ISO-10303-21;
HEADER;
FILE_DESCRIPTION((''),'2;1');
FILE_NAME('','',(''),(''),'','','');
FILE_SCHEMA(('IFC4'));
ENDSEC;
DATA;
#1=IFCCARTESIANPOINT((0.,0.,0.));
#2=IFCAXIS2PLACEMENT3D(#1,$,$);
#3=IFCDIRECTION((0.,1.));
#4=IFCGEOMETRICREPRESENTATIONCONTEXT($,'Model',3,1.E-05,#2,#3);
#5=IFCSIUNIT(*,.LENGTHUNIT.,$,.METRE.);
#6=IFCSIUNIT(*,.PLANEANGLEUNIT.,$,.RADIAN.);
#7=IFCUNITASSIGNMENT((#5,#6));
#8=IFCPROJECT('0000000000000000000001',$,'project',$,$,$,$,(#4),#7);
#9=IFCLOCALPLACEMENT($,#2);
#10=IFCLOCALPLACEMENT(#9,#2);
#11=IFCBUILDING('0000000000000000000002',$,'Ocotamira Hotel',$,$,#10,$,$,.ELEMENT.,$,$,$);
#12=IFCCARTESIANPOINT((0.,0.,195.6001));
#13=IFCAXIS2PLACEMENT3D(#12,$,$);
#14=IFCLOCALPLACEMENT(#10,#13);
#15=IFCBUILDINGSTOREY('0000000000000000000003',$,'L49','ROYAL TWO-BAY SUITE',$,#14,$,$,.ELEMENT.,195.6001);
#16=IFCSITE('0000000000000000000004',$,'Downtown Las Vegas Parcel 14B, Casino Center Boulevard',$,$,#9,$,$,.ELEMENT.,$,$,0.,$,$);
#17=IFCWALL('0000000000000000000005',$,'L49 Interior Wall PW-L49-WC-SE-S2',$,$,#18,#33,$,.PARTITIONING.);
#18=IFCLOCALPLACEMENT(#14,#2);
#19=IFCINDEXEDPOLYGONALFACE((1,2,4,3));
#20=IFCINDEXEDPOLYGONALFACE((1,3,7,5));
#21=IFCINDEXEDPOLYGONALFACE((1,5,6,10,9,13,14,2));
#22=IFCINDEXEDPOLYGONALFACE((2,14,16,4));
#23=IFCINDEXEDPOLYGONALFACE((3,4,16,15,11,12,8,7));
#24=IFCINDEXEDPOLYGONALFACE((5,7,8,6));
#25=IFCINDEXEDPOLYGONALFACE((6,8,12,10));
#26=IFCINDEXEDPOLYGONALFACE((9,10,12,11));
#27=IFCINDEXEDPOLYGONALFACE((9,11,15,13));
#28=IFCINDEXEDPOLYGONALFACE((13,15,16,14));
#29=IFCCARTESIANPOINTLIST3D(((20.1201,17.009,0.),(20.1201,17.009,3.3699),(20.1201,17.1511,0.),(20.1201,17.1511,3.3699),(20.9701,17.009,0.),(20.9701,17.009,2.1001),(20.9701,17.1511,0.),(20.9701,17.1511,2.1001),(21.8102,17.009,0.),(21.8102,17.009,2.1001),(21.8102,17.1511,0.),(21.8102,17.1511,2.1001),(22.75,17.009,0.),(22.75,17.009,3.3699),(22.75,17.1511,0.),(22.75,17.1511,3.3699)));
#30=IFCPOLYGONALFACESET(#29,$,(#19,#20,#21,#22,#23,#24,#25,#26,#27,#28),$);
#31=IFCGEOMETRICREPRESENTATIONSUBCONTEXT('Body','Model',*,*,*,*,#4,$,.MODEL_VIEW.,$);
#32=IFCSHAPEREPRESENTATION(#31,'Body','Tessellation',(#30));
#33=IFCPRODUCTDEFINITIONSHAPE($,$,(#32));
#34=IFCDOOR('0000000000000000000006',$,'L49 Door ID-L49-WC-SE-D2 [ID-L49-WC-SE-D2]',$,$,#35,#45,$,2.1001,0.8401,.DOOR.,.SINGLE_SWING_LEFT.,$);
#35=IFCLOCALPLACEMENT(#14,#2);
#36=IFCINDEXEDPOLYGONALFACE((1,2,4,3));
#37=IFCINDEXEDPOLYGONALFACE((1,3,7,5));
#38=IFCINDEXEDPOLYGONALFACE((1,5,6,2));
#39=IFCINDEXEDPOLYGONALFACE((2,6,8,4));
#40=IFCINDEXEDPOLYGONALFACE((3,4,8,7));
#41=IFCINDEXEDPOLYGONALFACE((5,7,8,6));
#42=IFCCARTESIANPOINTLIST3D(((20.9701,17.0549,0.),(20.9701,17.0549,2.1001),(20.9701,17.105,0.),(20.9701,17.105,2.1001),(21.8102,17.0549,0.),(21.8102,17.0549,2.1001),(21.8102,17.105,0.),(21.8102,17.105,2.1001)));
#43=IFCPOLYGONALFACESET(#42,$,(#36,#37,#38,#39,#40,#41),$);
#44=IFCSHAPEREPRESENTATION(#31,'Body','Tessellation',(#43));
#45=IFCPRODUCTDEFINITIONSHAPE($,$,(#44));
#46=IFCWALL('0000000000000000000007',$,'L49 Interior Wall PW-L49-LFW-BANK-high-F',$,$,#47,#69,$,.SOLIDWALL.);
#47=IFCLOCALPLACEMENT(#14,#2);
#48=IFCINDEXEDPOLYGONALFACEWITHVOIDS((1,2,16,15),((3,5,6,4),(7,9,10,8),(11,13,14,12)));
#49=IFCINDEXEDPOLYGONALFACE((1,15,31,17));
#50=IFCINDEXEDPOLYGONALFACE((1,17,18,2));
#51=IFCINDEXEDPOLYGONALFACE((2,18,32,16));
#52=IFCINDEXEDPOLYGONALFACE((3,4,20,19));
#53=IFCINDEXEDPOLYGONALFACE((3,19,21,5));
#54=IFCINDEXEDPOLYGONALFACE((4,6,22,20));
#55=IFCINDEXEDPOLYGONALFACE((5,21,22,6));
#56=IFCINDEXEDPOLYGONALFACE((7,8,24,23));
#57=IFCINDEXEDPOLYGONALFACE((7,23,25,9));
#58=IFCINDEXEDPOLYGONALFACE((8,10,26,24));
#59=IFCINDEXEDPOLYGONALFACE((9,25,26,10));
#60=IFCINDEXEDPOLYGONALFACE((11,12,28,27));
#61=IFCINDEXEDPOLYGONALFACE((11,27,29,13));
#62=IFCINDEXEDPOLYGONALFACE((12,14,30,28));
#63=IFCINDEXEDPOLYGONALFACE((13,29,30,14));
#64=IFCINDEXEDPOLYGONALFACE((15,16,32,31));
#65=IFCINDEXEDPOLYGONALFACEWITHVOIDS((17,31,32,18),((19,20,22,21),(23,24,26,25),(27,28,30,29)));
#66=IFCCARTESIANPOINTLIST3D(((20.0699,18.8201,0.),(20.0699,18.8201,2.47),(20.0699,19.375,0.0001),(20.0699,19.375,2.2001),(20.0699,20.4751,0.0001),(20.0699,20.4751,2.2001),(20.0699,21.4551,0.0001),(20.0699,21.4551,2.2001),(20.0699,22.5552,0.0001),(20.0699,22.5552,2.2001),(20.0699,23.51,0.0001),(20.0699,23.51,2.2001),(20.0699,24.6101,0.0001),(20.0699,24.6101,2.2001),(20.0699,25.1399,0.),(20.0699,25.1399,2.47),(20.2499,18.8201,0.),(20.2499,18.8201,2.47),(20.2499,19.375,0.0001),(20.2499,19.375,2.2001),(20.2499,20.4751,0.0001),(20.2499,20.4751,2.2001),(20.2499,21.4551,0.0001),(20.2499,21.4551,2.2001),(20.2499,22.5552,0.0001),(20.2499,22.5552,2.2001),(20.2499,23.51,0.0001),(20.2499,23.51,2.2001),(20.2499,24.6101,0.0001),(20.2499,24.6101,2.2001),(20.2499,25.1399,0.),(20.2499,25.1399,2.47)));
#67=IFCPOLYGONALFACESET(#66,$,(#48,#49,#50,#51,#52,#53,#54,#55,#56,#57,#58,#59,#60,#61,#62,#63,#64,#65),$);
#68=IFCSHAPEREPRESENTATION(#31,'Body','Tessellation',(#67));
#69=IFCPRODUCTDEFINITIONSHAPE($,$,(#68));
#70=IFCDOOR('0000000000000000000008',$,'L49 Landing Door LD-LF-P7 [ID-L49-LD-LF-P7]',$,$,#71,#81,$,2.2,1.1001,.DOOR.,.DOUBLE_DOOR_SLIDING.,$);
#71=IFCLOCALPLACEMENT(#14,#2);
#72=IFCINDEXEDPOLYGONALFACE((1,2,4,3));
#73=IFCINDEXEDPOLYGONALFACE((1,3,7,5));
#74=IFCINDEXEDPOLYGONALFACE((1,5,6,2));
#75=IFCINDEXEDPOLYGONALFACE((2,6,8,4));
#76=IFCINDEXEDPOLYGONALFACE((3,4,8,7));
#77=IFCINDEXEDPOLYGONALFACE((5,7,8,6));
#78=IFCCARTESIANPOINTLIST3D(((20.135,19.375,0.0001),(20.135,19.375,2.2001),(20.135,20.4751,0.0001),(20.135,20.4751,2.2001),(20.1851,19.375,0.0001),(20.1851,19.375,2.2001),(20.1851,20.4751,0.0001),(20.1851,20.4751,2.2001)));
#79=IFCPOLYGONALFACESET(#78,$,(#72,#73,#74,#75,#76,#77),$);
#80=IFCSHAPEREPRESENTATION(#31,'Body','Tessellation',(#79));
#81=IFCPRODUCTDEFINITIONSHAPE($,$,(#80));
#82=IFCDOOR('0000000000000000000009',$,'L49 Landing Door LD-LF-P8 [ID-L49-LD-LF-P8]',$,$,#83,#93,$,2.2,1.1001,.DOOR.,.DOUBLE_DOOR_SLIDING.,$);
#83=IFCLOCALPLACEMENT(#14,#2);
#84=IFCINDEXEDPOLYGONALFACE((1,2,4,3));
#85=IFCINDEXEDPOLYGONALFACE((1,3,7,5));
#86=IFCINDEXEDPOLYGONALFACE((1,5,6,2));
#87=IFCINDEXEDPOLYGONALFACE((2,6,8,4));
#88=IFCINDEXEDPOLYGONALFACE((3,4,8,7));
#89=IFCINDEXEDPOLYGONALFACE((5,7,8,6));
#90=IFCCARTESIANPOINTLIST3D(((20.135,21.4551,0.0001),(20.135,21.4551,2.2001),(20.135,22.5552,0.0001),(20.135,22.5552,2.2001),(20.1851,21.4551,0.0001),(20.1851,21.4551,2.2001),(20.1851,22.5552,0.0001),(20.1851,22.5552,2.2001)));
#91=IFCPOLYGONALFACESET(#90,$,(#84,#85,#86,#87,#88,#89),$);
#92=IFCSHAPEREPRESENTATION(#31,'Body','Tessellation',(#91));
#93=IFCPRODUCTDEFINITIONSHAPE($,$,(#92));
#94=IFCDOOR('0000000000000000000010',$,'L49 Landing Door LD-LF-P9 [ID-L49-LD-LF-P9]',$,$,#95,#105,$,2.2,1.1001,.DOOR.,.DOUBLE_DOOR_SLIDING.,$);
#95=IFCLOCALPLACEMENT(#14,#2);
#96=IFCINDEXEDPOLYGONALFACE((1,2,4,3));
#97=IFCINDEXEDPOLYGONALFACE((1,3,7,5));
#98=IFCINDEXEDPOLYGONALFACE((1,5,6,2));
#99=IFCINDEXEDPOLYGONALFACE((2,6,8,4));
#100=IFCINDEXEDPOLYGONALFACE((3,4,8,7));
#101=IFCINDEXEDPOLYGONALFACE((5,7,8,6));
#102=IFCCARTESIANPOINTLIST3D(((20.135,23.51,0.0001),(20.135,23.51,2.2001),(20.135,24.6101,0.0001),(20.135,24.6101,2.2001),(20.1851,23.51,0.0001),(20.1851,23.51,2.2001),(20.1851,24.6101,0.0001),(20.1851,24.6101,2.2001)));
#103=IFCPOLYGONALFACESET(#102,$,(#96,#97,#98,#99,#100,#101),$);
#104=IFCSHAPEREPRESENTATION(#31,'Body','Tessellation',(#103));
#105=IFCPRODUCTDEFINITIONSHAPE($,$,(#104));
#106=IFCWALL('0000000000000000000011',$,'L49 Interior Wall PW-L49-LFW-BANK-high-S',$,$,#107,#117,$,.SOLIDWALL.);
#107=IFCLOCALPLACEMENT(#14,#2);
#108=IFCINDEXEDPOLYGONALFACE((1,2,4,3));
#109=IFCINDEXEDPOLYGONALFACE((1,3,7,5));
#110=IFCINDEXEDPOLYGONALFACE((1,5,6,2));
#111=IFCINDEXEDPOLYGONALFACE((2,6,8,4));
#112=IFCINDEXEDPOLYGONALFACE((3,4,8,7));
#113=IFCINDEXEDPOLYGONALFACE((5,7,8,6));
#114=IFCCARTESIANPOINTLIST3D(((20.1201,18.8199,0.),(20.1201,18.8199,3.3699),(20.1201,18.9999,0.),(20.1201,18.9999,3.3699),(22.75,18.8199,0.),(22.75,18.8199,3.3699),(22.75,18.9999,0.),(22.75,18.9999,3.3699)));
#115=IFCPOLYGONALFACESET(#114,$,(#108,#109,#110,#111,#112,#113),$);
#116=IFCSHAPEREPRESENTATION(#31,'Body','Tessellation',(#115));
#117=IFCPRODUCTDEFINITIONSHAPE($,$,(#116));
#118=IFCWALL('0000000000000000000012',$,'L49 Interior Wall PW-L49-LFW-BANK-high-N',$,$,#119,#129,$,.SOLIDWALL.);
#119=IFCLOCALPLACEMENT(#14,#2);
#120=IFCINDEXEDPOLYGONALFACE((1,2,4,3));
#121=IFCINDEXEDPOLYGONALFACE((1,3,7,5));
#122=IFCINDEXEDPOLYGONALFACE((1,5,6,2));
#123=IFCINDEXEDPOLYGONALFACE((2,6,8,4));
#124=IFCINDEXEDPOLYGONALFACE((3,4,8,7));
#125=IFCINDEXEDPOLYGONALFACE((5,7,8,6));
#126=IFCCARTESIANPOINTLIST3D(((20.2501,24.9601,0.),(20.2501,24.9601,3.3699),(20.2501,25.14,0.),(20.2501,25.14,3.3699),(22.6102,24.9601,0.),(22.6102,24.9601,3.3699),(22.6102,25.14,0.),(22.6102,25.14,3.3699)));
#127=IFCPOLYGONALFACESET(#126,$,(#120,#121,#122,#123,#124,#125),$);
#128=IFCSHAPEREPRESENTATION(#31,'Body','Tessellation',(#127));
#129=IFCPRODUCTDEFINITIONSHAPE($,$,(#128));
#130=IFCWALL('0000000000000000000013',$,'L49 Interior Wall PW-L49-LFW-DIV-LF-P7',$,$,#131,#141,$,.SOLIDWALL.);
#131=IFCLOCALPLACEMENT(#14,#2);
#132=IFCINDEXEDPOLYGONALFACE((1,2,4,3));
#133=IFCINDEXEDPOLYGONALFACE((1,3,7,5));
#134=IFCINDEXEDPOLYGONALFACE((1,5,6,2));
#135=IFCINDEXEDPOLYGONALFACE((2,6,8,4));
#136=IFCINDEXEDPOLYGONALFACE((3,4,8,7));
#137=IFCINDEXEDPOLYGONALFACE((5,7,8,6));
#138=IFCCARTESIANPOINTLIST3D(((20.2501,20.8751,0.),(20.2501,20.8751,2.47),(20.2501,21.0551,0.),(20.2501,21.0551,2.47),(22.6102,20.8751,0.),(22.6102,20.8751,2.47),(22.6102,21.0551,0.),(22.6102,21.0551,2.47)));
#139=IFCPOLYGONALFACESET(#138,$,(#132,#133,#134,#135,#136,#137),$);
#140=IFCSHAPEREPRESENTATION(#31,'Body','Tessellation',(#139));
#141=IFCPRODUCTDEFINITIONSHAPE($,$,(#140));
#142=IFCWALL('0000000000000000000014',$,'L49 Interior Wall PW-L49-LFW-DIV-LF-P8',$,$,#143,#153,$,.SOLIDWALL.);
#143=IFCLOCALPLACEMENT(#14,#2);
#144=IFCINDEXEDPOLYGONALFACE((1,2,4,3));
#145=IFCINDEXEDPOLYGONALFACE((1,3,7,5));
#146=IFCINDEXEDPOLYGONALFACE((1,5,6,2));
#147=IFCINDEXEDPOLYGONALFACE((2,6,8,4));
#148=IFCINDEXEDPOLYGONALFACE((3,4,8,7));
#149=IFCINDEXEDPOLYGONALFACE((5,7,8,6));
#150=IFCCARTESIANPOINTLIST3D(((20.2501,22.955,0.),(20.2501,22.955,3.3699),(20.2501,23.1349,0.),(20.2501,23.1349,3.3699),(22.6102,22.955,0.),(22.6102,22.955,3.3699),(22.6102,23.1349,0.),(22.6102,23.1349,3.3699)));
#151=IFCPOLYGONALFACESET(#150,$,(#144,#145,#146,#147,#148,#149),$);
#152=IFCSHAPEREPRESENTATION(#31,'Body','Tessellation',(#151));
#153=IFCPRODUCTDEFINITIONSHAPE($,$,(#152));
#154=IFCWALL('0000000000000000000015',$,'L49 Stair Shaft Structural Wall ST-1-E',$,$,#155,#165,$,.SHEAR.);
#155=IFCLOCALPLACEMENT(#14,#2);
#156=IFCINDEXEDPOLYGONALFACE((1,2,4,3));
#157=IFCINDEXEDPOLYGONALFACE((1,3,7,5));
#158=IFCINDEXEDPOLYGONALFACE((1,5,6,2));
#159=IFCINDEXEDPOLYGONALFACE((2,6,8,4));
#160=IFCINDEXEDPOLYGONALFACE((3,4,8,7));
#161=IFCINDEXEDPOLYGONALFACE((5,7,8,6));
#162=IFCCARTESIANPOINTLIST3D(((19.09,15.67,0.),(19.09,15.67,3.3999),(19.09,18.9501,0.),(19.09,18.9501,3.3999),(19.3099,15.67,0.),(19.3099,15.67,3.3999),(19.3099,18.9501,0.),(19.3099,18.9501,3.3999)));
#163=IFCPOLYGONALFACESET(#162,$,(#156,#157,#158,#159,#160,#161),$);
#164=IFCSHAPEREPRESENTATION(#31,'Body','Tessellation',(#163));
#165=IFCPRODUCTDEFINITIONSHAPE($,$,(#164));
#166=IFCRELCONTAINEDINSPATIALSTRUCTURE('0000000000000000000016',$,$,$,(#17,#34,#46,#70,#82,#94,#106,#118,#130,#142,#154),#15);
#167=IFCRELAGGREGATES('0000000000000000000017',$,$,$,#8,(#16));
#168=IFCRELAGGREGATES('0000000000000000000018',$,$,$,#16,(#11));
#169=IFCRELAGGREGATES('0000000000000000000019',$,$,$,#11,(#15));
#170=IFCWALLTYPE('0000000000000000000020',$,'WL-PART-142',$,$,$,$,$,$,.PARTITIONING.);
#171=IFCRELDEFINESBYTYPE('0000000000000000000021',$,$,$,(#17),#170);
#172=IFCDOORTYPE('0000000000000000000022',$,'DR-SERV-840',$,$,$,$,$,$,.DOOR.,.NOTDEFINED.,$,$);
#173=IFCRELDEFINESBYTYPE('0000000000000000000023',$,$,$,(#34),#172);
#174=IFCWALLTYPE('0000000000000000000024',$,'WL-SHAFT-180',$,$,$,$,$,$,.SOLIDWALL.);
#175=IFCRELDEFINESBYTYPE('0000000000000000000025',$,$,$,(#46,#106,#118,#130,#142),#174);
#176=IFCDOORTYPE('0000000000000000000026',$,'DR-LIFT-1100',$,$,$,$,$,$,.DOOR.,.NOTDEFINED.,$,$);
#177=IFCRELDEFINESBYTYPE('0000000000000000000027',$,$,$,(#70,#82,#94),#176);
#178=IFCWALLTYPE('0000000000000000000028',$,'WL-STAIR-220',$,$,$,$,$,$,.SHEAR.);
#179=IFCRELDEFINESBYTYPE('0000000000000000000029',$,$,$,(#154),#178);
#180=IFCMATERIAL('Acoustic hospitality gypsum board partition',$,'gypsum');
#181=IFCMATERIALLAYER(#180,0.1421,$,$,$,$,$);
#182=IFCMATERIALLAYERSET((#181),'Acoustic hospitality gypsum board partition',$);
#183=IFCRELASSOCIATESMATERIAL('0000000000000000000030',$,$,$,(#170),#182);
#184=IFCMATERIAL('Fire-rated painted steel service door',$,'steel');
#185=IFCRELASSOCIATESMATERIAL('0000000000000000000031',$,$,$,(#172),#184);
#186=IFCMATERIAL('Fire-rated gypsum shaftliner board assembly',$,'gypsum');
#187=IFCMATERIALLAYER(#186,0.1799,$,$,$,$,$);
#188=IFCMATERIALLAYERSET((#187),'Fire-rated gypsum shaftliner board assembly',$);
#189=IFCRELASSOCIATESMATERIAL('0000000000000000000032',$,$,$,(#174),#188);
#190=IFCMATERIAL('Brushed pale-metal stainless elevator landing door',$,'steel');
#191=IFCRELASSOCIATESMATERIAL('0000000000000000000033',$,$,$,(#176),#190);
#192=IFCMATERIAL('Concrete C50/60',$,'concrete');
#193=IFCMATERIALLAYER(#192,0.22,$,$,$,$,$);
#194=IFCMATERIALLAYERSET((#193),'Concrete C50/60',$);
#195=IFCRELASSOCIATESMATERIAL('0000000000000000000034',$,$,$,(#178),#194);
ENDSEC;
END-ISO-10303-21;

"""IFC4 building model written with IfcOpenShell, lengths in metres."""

from ifc_helpers import new_model, si_unit, direction, frame, frame_2d, origin, place, context, subcontext, project, spatial, rectangle, extrude, source, transform, mapped, material, layer, layer_set, type_object, element, fill, save


model = new_model("IFC4")

# Units and contexts
model_context = context("Model", 3, precision=1e-05, world=origin(), true_north=direction((0.0, 1.0)))
body_context = subcontext(model_context, "Body", "Model", "MODEL_VIEW")
ifc_project = project(units=[si_unit("LENGTHUNIT", "METRE"), si_unit("PLANEANGLEUNIT", "RADIAN")], contexts=[model_context])

# Site, building, storey
site_placement = place(None, origin())
site = spatial("IfcSite", under=ifc_project, at=site_placement, Name="Downtown Las Vegas Parcel 14B, Casino Center Boulevard", CompositionType="ELEMENT", RefElevation=0.0)
building_placement = place(site_placement, origin())
building = spatial("IfcBuilding", under=site, at=building_placement, Name="Ocotamira Hotel", CompositionType="ELEMENT")
storey_placement = place(building_placement, frame((0.0, 0.0, 195.6001)))
storey = spatial("IfcBuildingStorey", under=building, at=storey_placement, Name="L49", Description="ROYAL TWO-BAY SUITE", CompositionType="ELEMENT", Elevation=195.6001)

# Shared definitions
ifc_material_1 = material(Name="Concrete C50/60", Category="concrete")
ifc_material_2 = material(Name="Acoustic hospitality gypsum board partition", Category="gypsum")
ifc_layer_1 = layer(ifc_material_2, 0.1421)
ifc_layer_set_1 = layer_set([ifc_layer_1], Name="Acoustic hospitality gypsum board partition")
wall_type_1 = type_object("IfcWallType", Name="WL-PART-142", PredefinedType="PARTITIONING", material=ifc_layer_set_1)

# Wall, opening, door
wall_1_placement = place(storey_placement, frame((20.1201, 17.0801, 0.0), z_axis=(0.0, 0.0, 1.0), x_axis=(1.0, 0.0, 0.0)))
wall_1 = element("IfcWall", 1, at=wall_1_placement, inside=storey, type_object=wall_type_1, Name="L49 Interior Wall PW-L49-WC-SE-S2", PredefinedType="PARTITIONING", context=body_context, shape_type="SweptSolid", body=[
    extrude(rectangle(XDim=2.6299, YDim=0.1421, at=frame_2d((1.3149, 0.0))), origin(), (0.0, 0.0, 1.0), 3.3699),
])
opening_1_placement = place(wall_1_placement, frame((0.8501, 0.0, 0.0)))
opening_1 = element("IfcOpeningElement", 2, at=opening_1_placement, cuts=wall_1, PredefinedType="OPENING", context=body_context, shape_type="SweptSolid", body=[
    extrude(rectangle(XDim=0.8401, YDim=2.1001, at=frame_2d((0.4199, 1.05))), frame((0.0, 0.0811, 0.0), z_axis=(0.0, -1.0, 0.0), x_axis=(1.0, 0.0, 0.0)), (0.0, 0.0, 1.0), 0.1621),
])
ifc_material_3 = material(Name="Fire-rated painted steel service door", Category="steel")
door_type_1 = type_object("IfcDoorType", Name="DR-SERV-840", OperationType="NOTDEFINED", PredefinedType="DOOR", material=ifc_material_3)
shared_shape_1 = source(origin(), body_context, "Body", "SweptSolid", [
    extrude(rectangle(XDim=0.8401, YDim=2.1001, at=frame_2d((0.4199, 1.05))), frame((0.0, 0.0249, 0.0), z_axis=(0.0, -1.0, 0.0), x_axis=(1.0, 0.0, 0.0)), (0.0, 0.0, 1.0), 0.05),
])
door_1_placement = place(opening_1_placement, origin())
door_1 = element("IfcDoor", 3, at=door_1_placement, inside=storey, type_object=door_type_1, Name="L49 Door ID-L49-WC-SE-D2 [ID-L49-WC-SE-D2]", OperationType="SINGLE_SWING_LEFT", OverallHeight=2.1001, OverallWidth=0.8401, PredefinedType="DOOR", context=body_context, shape_type="MappedRepresentation", body=[
    mapped(shared_shape_1, transform((0.0, 0.0, 0.0), scale=1.0)),
])
fill(opening_1, door_1)

# Wall, openings, doors
ifc_material_4 = material(Name="Fire-rated gypsum shaftliner board assembly", Category="gypsum")
ifc_layer_2 = layer(ifc_material_4, 0.1799)
ifc_layer_set_2 = layer_set([ifc_layer_2], Name="Fire-rated gypsum shaftliner board assembly")
wall_type_2 = type_object("IfcWallType", Name="WL-SHAFT-180", PredefinedType="SOLIDWALL", material=ifc_layer_set_2)
wall_2_placement = place(storey_placement, frame((20.1599, 18.8201, 0.0), z_axis=(0.0, 0.0, 1.0), x_axis=(0.0, 1.0, 0.0)))
wall_2 = element("IfcWall", 4, at=wall_2_placement, inside=storey, type_object=wall_type_2, Name="L49 Interior Wall PW-L49-LFW-BANK-high-F", PredefinedType="SOLIDWALL", context=body_context, shape_type="SweptSolid", body=[
    extrude(rectangle(XDim=6.3198, YDim=0.1799, at=frame_2d((3.1599, 0.0))), origin(), (0.0, 0.0, 1.0), 2.47),
])
opening_2_placement = place(wall_2_placement, frame((0.5549, 0.0, 0.0)))
opening_2 = element("IfcOpeningElement", 5, at=opening_2_placement, cuts=wall_2, PredefinedType="OPENING", context=body_context, shape_type="SweptSolid", body=[
    extrude(rectangle(XDim=1.1001, YDim=2.2, at=frame_2d((0.55, 1.1001))), frame((0.0, 0.1001, 0.0), z_axis=(0.0, -1.0, 0.0), x_axis=(1.0, 0.0, 0.0)), (0.0, 0.0, 1.0), 0.2),
])
opening_3_placement = place(wall_2_placement, frame((2.635, 0.0, 0.0)))
opening_3 = element("IfcOpeningElement", 6, at=opening_3_placement, cuts=wall_2, PredefinedType="OPENING", context=body_context, shape_type="SweptSolid", body=[
    extrude(rectangle(XDim=1.1001, YDim=2.2, at=frame_2d((0.55, 1.1001))), frame((0.0, 0.1001, 0.0), z_axis=(0.0, -1.0, 0.0), x_axis=(1.0, 0.0, 0.0)), (0.0, 0.0, 1.0), 0.2),
])
opening_4_placement = place(wall_2_placement, frame((4.6899, 0.0, 0.0)))
opening_4 = element("IfcOpeningElement", 7, at=opening_4_placement, cuts=wall_2, PredefinedType="OPENING", context=body_context, shape_type="SweptSolid", body=[
    extrude(rectangle(XDim=1.1001, YDim=2.2, at=frame_2d((0.55, 1.1001))), frame((0.0, 0.1001, 0.0), z_axis=(0.0, -1.0, 0.0), x_axis=(1.0, 0.0, 0.0)), (0.0, 0.0, 1.0), 0.2),
])
ifc_material_5 = material(Name="Brushed pale-metal stainless elevator landing door", Category="steel")
door_type_2 = type_object("IfcDoorType", Name="DR-LIFT-1100", OperationType="NOTDEFINED", PredefinedType="DOOR", material=ifc_material_5)
shared_shape_2 = source(origin(), body_context, "Body", "SweptSolid", [
    extrude(rectangle(XDim=1.1001, YDim=2.2, at=frame_2d((0.55, 1.1001))), frame((0.0, 0.0249, 0.0), z_axis=(0.0, -1.0, 0.0), x_axis=(1.0, 0.0, 0.0)), (0.0, 0.0, 1.0), 0.05),
])
door_2_placement = place(opening_2_placement, origin())
door_2 = element("IfcDoor", 8, at=door_2_placement, inside=storey, type_object=door_type_2, Name="L49 Landing Door LD-LF-P7 [ID-L49-LD-LF-P7]", OperationType="DOUBLE_DOOR_SLIDING", OverallHeight=2.2, OverallWidth=1.1001, PredefinedType="DOOR", context=body_context, shape_type="MappedRepresentation", body=[
    mapped(shared_shape_2, transform((0.0, 0.0, 0.0), scale=1.0)),
])
fill(opening_2, door_2)
door_3_placement = place(opening_3_placement, origin())
door_3 = element("IfcDoor", 9, at=door_3_placement, inside=storey, type_object=door_type_2, Name="L49 Landing Door LD-LF-P8 [ID-L49-LD-LF-P8]", OperationType="DOUBLE_DOOR_SLIDING", OverallHeight=2.2, OverallWidth=1.1001, PredefinedType="DOOR", context=body_context, shape_type="MappedRepresentation", body=[
    mapped(shared_shape_2, transform((0.0, 0.0, 0.0), scale=1.0)),
])
fill(opening_3, door_3)
door_4_placement = place(opening_4_placement, origin())
door_4 = element("IfcDoor", 10, at=door_4_placement, inside=storey, type_object=door_type_2, Name="L49 Landing Door LD-LF-P9 [ID-L49-LD-LF-P9]", OperationType="DOUBLE_DOOR_SLIDING", OverallHeight=2.2, OverallWidth=1.1001, PredefinedType="DOOR", context=body_context, shape_type="MappedRepresentation", body=[
    mapped(shared_shape_2, transform((0.0, 0.0, 0.0), scale=1.0)),
])
fill(opening_4, door_4)

# Walls
wall_3_placement = place(storey_placement, frame((20.1201, 18.9099, 0.0), z_axis=(0.0, 0.0, 1.0), x_axis=(1.0, 0.0, 0.0)))
element("IfcWall", 11, at=wall_3_placement, inside=storey, type_object=wall_type_2, Name="L49 Interior Wall PW-L49-LFW-BANK-high-S", PredefinedType="SOLIDWALL", context=body_context, shape_type="SweptSolid", body=[
    extrude(rectangle(XDim=2.6299, YDim=0.1799, at=frame_2d((1.3149, 0.0))), origin(), (0.0, 0.0, 1.0), 3.3699),
])
wall_4_placement = place(storey_placement, frame((20.25, 25.05, 0.0), z_axis=(0.0, 0.0, 1.0), x_axis=(1.0, 0.0, 0.0)))
element("IfcWall", 12, at=wall_4_placement, inside=storey, type_object=wall_type_2, Name="L49 Interior Wall PW-L49-LFW-BANK-high-N", PredefinedType="SOLIDWALL", context=body_context, shape_type="SweptSolid", body=[
    extrude(rectangle(XDim=2.3601, YDim=0.1799, at=frame_2d((1.1802, 0.0))), origin(), (0.0, 0.0, 1.0), 3.3699),
])
wall_5_placement = place(storey_placement, frame((20.25, 20.9651, 0.0), z_axis=(0.0, 0.0, 1.0), x_axis=(1.0, 0.0, 0.0)))
element("IfcWall", 13, at=wall_5_placement, inside=storey, type_object=wall_type_2, Name="L49 Interior Wall PW-L49-LFW-DIV-LF-P7", PredefinedType="SOLIDWALL", context=body_context, shape_type="SweptSolid", body=[
    extrude(rectangle(XDim=2.3601, YDim=0.1799, at=frame_2d((1.1802, 0.0))), origin(), (0.0, 0.0, 1.0), 2.47),
])
wall_6_placement = place(storey_placement, frame((20.25, 23.0449, 0.0), z_axis=(0.0, 0.0, 1.0), x_axis=(1.0, 0.0, 0.0)))
element("IfcWall", 14, at=wall_6_placement, inside=storey, type_object=wall_type_2, Name="L49 Interior Wall PW-L49-LFW-DIV-LF-P8", PredefinedType="SOLIDWALL", context=body_context, shape_type="SweptSolid", body=[
    extrude(rectangle(XDim=2.3601, YDim=0.1799, at=frame_2d((1.1802, 0.0))), origin(), (0.0, 0.0, 1.0), 3.3699),
])
ifc_layer_3 = layer(ifc_material_1, 0.22)
ifc_layer_set_3 = layer_set([ifc_layer_3], Name="Concrete C50/60")
wall_type_3 = type_object("IfcWallType", Name="WL-STAIR-220", PredefinedType="SHEAR", material=ifc_layer_set_3)
wall_7_placement = place(storey_placement, frame((19.2, 15.6699, 0.0), z_axis=(0.0, 0.0, 1.0), x_axis=(0.0, 1.0, 0.0)))
element("IfcWall", 15, at=wall_7_placement, inside=storey, type_object=wall_type_3, Name="L49 Stair Shaft Structural Wall ST-1-E", PredefinedType="SHEAR", context=body_context, shape_type="SweptSolid", body=[
    extrude(rectangle(XDim=3.28, YDim=0.22, at=frame_2d((1.6401, 0.0))), origin(), (0.0, 0.0, 1.0), 3.3999),
])

save(model, "model.ifc")
